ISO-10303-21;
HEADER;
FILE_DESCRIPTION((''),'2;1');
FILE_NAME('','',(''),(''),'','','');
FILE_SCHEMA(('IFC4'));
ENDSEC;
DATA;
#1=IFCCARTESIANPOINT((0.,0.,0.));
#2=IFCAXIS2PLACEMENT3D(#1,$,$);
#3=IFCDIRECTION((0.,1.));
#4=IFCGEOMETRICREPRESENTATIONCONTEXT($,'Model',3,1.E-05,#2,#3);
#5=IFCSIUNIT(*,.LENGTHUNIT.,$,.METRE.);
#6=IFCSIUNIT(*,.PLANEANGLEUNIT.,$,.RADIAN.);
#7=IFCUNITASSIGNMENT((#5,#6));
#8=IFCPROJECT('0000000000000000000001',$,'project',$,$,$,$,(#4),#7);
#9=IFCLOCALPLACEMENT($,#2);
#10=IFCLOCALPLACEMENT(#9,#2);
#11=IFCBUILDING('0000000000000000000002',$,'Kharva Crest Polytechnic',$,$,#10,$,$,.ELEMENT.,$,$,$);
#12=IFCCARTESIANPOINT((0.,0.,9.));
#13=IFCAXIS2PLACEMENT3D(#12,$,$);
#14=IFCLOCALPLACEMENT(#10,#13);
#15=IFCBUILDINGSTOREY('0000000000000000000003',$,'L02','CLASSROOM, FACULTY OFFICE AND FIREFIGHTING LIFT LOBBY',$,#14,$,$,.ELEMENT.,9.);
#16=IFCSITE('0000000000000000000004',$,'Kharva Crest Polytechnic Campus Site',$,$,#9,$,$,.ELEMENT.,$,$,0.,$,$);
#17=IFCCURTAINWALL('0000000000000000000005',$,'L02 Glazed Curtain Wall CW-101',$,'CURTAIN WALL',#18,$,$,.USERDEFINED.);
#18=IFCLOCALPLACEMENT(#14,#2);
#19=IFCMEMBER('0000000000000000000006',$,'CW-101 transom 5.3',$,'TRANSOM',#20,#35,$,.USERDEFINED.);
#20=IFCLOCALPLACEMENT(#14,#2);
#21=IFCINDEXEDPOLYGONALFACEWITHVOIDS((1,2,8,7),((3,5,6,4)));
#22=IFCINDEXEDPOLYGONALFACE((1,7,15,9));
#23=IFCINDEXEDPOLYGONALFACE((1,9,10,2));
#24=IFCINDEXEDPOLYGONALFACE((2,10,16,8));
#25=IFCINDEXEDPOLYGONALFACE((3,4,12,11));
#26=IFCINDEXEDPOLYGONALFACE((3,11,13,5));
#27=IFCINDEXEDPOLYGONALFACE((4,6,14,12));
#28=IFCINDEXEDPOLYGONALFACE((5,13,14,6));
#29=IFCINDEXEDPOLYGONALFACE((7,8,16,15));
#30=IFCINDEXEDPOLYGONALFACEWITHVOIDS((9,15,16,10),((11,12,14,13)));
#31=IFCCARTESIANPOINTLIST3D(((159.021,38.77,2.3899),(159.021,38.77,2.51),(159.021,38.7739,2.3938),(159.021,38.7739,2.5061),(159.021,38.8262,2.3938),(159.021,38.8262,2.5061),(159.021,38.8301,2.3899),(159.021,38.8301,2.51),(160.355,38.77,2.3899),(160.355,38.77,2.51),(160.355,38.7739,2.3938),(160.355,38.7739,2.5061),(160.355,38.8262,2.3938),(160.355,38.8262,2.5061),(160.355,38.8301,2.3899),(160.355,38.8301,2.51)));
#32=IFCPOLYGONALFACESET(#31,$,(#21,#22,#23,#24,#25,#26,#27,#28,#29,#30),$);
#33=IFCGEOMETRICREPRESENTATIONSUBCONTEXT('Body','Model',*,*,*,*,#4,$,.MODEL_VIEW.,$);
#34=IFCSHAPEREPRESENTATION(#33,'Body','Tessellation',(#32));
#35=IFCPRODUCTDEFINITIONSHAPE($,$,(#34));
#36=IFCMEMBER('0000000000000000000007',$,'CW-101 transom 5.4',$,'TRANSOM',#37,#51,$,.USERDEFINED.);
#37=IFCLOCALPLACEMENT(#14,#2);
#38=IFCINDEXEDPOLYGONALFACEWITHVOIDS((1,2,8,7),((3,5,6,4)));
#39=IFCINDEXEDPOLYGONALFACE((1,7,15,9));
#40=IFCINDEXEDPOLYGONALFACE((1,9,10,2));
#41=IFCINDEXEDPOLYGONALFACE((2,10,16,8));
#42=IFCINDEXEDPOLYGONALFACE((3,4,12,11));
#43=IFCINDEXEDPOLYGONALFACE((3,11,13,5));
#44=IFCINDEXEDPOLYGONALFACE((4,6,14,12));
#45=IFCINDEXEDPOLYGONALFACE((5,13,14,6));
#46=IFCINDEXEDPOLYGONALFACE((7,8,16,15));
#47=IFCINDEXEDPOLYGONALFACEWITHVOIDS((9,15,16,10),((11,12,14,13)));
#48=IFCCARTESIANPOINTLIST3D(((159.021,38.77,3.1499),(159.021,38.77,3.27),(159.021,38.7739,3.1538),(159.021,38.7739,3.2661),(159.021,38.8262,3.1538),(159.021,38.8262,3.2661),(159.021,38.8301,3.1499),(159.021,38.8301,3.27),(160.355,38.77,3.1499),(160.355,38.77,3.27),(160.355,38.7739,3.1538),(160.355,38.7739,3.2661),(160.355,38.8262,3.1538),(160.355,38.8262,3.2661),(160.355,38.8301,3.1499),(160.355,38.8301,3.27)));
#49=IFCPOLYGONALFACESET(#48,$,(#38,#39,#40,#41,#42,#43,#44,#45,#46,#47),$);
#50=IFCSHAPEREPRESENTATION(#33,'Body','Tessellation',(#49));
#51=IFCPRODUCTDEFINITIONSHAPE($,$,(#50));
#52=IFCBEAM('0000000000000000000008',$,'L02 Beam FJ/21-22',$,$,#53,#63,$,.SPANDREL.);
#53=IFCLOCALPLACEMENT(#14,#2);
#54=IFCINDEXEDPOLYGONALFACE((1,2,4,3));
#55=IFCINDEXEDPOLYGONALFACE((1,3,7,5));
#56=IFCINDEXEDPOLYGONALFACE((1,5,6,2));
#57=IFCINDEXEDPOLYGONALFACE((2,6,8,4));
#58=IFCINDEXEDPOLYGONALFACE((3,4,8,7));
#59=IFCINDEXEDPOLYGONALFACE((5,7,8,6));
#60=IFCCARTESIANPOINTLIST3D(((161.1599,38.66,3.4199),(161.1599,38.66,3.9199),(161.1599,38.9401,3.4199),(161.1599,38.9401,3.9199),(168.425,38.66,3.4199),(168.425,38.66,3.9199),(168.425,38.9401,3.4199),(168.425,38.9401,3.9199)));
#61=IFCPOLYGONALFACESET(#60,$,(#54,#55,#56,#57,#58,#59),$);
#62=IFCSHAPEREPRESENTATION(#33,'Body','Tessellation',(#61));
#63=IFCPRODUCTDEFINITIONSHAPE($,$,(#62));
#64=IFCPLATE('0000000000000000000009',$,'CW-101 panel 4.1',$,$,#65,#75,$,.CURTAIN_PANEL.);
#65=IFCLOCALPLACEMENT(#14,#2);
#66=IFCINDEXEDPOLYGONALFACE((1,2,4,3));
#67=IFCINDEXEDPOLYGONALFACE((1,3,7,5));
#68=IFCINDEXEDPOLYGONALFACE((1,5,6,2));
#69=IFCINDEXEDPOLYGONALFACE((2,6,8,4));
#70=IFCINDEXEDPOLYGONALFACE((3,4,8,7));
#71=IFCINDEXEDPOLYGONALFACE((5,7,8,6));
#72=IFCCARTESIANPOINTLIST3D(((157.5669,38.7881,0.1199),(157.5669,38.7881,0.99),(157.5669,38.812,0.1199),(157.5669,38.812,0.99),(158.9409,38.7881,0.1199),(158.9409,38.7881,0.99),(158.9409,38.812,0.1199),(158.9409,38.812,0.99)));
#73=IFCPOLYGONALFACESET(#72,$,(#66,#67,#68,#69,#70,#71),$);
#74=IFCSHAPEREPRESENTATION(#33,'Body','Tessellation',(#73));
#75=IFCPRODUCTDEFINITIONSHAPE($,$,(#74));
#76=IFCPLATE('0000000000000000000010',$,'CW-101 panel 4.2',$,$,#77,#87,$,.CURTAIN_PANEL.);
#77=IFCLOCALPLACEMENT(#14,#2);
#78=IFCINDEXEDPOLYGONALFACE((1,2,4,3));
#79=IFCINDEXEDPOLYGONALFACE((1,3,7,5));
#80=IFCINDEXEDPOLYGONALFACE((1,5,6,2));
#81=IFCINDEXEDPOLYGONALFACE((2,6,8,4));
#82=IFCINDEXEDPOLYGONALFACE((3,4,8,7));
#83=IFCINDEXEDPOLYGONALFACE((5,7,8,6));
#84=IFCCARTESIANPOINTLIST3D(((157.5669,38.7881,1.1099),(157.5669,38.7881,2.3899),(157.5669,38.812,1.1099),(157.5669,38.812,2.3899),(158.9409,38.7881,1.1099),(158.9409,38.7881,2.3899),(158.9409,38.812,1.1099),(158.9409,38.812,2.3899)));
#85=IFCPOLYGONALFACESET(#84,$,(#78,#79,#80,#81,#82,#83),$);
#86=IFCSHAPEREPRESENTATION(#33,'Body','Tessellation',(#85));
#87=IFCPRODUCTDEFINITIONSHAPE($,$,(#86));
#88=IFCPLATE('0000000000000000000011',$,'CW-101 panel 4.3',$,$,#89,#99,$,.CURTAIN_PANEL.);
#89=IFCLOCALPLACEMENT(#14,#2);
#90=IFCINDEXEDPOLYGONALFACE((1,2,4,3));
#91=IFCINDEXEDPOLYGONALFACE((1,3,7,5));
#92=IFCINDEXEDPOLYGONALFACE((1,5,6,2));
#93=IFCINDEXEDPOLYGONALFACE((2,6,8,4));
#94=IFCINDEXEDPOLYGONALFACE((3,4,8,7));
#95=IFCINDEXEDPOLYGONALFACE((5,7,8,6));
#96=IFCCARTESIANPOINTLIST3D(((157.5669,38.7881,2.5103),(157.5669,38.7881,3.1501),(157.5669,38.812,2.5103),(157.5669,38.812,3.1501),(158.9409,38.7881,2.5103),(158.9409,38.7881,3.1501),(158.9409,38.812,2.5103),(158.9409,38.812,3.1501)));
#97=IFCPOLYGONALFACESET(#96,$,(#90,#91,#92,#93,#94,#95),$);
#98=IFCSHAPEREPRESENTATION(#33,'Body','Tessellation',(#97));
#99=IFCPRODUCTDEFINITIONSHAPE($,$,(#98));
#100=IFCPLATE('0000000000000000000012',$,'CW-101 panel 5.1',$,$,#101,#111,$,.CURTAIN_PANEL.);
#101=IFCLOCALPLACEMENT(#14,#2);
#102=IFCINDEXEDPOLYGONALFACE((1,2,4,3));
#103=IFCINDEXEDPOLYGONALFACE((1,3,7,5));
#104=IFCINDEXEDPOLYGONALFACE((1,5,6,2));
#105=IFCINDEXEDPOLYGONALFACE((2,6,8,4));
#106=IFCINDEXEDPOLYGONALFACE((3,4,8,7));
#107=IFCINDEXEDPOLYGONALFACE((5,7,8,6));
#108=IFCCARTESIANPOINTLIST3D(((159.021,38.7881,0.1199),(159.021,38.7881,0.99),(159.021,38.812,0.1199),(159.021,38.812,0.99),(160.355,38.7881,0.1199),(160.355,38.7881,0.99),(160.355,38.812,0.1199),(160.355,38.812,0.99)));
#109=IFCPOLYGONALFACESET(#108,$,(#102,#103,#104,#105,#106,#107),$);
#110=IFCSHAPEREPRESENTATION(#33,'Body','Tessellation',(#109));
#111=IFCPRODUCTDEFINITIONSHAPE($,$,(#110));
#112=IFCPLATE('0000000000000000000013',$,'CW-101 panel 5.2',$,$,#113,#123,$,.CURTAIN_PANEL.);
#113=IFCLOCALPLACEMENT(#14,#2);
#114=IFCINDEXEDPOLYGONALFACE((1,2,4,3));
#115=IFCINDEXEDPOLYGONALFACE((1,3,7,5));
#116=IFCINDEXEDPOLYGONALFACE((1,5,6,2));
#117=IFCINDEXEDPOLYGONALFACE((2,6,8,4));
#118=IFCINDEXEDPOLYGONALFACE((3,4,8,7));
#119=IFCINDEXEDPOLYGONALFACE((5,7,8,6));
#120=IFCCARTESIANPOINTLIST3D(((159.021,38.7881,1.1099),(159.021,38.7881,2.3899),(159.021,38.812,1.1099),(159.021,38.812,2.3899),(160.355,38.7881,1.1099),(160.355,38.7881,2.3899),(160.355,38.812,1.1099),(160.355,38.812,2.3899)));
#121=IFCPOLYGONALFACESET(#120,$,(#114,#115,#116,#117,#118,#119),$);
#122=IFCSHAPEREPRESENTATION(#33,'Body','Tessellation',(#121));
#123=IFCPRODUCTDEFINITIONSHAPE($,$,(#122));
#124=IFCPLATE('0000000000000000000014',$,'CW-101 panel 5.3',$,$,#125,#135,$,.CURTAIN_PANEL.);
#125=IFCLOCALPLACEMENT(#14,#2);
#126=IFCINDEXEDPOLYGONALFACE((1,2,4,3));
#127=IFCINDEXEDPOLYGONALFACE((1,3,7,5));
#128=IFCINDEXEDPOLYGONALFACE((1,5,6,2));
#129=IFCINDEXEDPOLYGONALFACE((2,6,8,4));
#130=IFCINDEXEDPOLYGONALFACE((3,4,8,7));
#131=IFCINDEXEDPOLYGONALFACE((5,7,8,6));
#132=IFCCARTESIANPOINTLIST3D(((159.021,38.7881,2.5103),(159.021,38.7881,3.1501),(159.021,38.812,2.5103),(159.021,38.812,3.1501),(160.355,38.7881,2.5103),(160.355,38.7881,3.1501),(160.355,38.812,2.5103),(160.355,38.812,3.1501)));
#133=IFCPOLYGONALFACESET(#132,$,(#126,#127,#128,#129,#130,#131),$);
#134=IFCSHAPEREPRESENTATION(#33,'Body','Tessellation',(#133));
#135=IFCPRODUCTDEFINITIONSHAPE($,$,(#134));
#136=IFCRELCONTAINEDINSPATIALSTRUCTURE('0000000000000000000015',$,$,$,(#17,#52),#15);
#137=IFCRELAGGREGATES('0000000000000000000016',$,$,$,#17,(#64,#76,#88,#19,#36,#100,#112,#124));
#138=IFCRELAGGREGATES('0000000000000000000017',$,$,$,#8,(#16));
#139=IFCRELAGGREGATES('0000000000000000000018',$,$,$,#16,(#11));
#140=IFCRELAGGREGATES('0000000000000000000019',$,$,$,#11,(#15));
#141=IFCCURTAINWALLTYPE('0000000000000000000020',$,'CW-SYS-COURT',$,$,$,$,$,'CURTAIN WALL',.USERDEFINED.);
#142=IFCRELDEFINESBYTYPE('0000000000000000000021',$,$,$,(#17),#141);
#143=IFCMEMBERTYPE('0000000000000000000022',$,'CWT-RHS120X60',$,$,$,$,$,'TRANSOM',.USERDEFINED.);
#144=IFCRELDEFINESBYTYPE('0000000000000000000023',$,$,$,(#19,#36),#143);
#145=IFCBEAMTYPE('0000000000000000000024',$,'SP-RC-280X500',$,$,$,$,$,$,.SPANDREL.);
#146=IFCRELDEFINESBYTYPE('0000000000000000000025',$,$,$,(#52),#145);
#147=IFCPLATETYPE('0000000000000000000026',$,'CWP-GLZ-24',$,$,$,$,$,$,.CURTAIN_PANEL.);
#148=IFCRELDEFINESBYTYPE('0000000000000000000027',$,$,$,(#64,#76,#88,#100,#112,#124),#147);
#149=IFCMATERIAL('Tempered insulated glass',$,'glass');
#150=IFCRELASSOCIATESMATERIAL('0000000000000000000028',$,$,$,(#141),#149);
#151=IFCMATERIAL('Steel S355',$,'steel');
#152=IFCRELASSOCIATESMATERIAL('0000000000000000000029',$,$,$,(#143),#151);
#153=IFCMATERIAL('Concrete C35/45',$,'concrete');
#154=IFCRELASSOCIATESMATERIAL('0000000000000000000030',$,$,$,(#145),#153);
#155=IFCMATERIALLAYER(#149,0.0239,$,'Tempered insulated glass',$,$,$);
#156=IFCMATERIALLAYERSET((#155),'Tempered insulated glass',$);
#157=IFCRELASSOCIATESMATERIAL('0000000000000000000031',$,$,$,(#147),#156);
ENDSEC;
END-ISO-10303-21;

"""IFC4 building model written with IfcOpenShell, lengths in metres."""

from ifc_helpers import new_model, si_unit, direction, frame, origin, origin_2d, place, context, subcontext, project, spatial, rectangle, hollow_rectangle, extrude, material, layer, layer_set, material_profile, profile_set, type_object, element, aggregate, save


model = new_model("IFC4")

# Units and contexts
model_context = context("Model", 3, precision=1e-05, world=origin(), true_north=direction((0.0, 1.0)))
body_context = subcontext(model_context, "Body", "Model", "MODEL_VIEW")
ifc_project = project(units=[si_unit("LENGTHUNIT", "METRE"), si_unit("PLANEANGLEUNIT", "RADIAN")], contexts=[model_context])

# Site, building, storey
site_placement = place(None, origin())
site = spatial("IfcSite", under=ifc_project, at=site_placement, Name="Kharva Crest Polytechnic Campus Site", CompositionType="ELEMENT", RefElevation=0.0)
building_placement = place(site_placement, origin())
building = spatial("IfcBuilding", under=site, at=building_placement, Name="Kharva Crest Polytechnic", CompositionType="ELEMENT")
storey_placement = place(building_placement, frame((0.0, 0.0, 9.0)))
storey = spatial("IfcBuildingStorey", under=building, at=storey_placement, Name="L02", Description="CLASSROOM, FACULTY OFFICE AND FIREFIGHTING LIFT LOBBY", CompositionType="ELEMENT", Elevation=9.0)

# Curtain wall, members
ifc_material_1 = material(Name="Tempered insulated glass", Category="glass")
curtain_wall_type = type_object("IfcCurtainWallType", Name="CW-SYS-COURT", ElementType="CURTAIN WALL", PredefinedType="USERDEFINED", material=ifc_material_1)
curtain_wall_placement = place(storey_placement, origin())
curtain_wall = element("IfcCurtainWall", 1, at=curtain_wall_placement, inside=storey, type_object=curtain_wall_type, Name="L02 Glazed Curtain Wall CW-101", ObjectType="CURTAIN WALL", PredefinedType="USERDEFINED")
ifc_material_2 = material(Name="Steel S355", Category="steel")
ifc_material_profile_1 = material_profile(ifc_material_2, hollow_rectangle(XDim=0.0601, YDim=0.1201, WallThickness=0.0039, at=origin_2d()), Name="RHS 120X60X4.0")
ifc_profile_set_1 = profile_set([ifc_material_profile_1], Name="Steel S355")
member_type_1 = type_object("IfcMemberType", Name="CWT-RHS120X60", ElementType="TRANSOM", PredefinedType="USERDEFINED", material=ifc_profile_set_1)
member_1_placement = place(storey_placement, frame((159.021, 38.8, 2.45), z_axis=(1.0, 0.0, 0.0), x_axis=(0.0, 1.0, 0.0)))
member_1 = element("IfcMember", 2, at=member_1_placement, type_object=member_type_1, Name="CW-101 transom 5.3", ObjectType="TRANSOM", PredefinedType="USERDEFINED", context=body_context, shape_type="SweptSolid", body=[
    extrude(hollow_rectangle(XDim=0.0601, YDim=0.1201, WallThickness=0.0039, at=origin_2d()), origin(), (0.0, 0.0, 1.0), 1.334),
])
member_2_placement = place(storey_placement, frame((159.021, 38.8, 3.21), z_axis=(1.0, 0.0, 0.0), x_axis=(0.0, 1.0, 0.0)))
member_2 = element("IfcMember", 3, at=member_2_placement, type_object=member_type_1, Name="CW-101 transom 5.4", ObjectType="TRANSOM", PredefinedType="USERDEFINED", context=body_context, shape_type="SweptSolid", body=[
    extrude(hollow_rectangle(XDim=0.0601, YDim=0.1201, WallThickness=0.0039, at=origin_2d()), origin(), (0.0, 0.0, 1.0), 1.334),
])

# Beam
ifc_material_3 = material(Name="Concrete C35/45", Category="concrete")
ifc_material_profile_2 = material_profile(ifc_material_3, rectangle(XDim=0.28, YDim=0.5, at=origin_2d()), Name="RECT 280 X 500")
ifc_profile_set_2 = profile_set([ifc_material_profile_2], Name="Concrete C35/45")
beam_type = type_object("IfcBeamType", Name="SP-RC-280X500", PredefinedType="SPANDREL", material=ifc_profile_set_2)
beam_placement = place(storey_placement, frame((161.1599, 38.8, 3.6699), z_axis=(1.0, 0.0, 0.0), x_axis=(0.0, 1.0, 0.0)))
element("IfcBeam", 4, at=beam_placement, inside=storey, type_object=beam_type, Name="L02 Beam FJ/21-22", PredefinedType="SPANDREL", context=body_context, shape_type="SweptSolid", body=[
    extrude(rectangle(XDim=0.28, YDim=0.5, at=origin_2d()), origin(), (0.0, 0.0, 1.0), 7.2651),
])

# Plates
ifc_layer_1 = layer(ifc_material_1, 0.0239, Name="Tempered insulated glass")
ifc_layer_set_1 = layer_set([ifc_layer_1], Name="Tempered insulated glass")
plate_type = type_object("IfcPlateType", Name="CWP-GLZ-24", PredefinedType="CURTAIN_PANEL", material=ifc_layer_set_1)
plate_1_placement = place(storey_placement, frame((158.2539, 38.8, 0.1199), z_axis=(0.0, 0.0, 1.0), x_axis=(1.0, 0.0, 0.0)))
plate_1 = element("IfcPlate", 5, at=plate_1_placement, type_object=plate_type, Name="CW-101 panel 4.1", PredefinedType="CURTAIN_PANEL", context=body_context, shape_type="SweptSolid", body=[
    extrude(rectangle(XDim=1.374, YDim=0.0239, at=origin_2d()), origin(), (0.0, 0.0, 1.0), 0.8701),
])
plate_2_placement = place(storey_placement, frame((158.2539, 38.8, 1.1099), z_axis=(0.0, 0.0, 1.0), x_axis=(1.0, 0.0, 0.0)))
plate_2 = element("IfcPlate", 6, at=plate_2_placement, type_object=plate_type, Name="CW-101 panel 4.2", PredefinedType="CURTAIN_PANEL", context=body_context, shape_type="SweptSolid", body=[
    extrude(rectangle(XDim=1.374, YDim=0.0239, at=origin_2d()), origin(), (0.0, 0.0, 1.0), 1.28),
])
plate_3_placement = place(storey_placement, frame((158.2539, 38.8, 2.5103), z_axis=(0.0, 0.0, 1.0), x_axis=(1.0, 0.0, 0.0)))
plate_3 = element("IfcPlate", 7, at=plate_3_placement, type_object=plate_type, Name="CW-101 panel 4.3", PredefinedType="CURTAIN_PANEL", context=body_context, shape_type="SweptSolid", body=[
    extrude(rectangle(XDim=1.374, YDim=0.0239, at=origin_2d()), origin(), (0.0, 0.0, 1.0), 0.6399),
])
plate_4_placement = place(storey_placement, frame((159.688, 38.8, 0.1199), z_axis=(0.0, 0.0, 1.0), x_axis=(1.0, 0.0, 0.0)))
plate_4 = element("IfcPlate", 8, at=plate_4_placement, type_object=plate_type, Name="CW-101 panel 5.1", PredefinedType="CURTAIN_PANEL", context=body_context, shape_type="SweptSolid", body=[
    extrude(rectangle(XDim=1.334, YDim=0.0239, at=origin_2d()), origin(), (0.0, 0.0, 1.0), 0.8701),
])
plate_5_placement = place(storey_placement, frame((159.688, 38.8, 1.1099), z_axis=(0.0, 0.0, 1.0), x_axis=(1.0, 0.0, 0.0)))
plate_5 = element("IfcPlate", 9, at=plate_5_placement, type_object=plate_type, Name="CW-101 panel 5.2", PredefinedType="CURTAIN_PANEL", context=body_context, shape_type="SweptSolid", body=[
    extrude(rectangle(XDim=1.334, YDim=0.0239, at=origin_2d()), origin(), (0.0, 0.0, 1.0), 1.28),
])
plate_6_placement = place(storey_placement, frame((159.688, 38.8, 2.5103), z_axis=(0.0, 0.0, 1.0), x_axis=(1.0, 0.0, 0.0)))
plate_6 = element("IfcPlate", 10, at=plate_6_placement, type_object=plate_type, Name="CW-101 panel 5.3", PredefinedType="CURTAIN_PANEL", context=body_context, shape_type="SweptSolid", body=[
    extrude(rectangle(XDim=1.334, YDim=0.0239, at=origin_2d()), origin(), (0.0, 0.0, 1.0), 0.6399),
])
aggregate(curtain_wall, [plate_1, plate_2, plate_3, member_1, member_2, plate_4, plate_5, plate_6])

save(model, "model.ifc")
